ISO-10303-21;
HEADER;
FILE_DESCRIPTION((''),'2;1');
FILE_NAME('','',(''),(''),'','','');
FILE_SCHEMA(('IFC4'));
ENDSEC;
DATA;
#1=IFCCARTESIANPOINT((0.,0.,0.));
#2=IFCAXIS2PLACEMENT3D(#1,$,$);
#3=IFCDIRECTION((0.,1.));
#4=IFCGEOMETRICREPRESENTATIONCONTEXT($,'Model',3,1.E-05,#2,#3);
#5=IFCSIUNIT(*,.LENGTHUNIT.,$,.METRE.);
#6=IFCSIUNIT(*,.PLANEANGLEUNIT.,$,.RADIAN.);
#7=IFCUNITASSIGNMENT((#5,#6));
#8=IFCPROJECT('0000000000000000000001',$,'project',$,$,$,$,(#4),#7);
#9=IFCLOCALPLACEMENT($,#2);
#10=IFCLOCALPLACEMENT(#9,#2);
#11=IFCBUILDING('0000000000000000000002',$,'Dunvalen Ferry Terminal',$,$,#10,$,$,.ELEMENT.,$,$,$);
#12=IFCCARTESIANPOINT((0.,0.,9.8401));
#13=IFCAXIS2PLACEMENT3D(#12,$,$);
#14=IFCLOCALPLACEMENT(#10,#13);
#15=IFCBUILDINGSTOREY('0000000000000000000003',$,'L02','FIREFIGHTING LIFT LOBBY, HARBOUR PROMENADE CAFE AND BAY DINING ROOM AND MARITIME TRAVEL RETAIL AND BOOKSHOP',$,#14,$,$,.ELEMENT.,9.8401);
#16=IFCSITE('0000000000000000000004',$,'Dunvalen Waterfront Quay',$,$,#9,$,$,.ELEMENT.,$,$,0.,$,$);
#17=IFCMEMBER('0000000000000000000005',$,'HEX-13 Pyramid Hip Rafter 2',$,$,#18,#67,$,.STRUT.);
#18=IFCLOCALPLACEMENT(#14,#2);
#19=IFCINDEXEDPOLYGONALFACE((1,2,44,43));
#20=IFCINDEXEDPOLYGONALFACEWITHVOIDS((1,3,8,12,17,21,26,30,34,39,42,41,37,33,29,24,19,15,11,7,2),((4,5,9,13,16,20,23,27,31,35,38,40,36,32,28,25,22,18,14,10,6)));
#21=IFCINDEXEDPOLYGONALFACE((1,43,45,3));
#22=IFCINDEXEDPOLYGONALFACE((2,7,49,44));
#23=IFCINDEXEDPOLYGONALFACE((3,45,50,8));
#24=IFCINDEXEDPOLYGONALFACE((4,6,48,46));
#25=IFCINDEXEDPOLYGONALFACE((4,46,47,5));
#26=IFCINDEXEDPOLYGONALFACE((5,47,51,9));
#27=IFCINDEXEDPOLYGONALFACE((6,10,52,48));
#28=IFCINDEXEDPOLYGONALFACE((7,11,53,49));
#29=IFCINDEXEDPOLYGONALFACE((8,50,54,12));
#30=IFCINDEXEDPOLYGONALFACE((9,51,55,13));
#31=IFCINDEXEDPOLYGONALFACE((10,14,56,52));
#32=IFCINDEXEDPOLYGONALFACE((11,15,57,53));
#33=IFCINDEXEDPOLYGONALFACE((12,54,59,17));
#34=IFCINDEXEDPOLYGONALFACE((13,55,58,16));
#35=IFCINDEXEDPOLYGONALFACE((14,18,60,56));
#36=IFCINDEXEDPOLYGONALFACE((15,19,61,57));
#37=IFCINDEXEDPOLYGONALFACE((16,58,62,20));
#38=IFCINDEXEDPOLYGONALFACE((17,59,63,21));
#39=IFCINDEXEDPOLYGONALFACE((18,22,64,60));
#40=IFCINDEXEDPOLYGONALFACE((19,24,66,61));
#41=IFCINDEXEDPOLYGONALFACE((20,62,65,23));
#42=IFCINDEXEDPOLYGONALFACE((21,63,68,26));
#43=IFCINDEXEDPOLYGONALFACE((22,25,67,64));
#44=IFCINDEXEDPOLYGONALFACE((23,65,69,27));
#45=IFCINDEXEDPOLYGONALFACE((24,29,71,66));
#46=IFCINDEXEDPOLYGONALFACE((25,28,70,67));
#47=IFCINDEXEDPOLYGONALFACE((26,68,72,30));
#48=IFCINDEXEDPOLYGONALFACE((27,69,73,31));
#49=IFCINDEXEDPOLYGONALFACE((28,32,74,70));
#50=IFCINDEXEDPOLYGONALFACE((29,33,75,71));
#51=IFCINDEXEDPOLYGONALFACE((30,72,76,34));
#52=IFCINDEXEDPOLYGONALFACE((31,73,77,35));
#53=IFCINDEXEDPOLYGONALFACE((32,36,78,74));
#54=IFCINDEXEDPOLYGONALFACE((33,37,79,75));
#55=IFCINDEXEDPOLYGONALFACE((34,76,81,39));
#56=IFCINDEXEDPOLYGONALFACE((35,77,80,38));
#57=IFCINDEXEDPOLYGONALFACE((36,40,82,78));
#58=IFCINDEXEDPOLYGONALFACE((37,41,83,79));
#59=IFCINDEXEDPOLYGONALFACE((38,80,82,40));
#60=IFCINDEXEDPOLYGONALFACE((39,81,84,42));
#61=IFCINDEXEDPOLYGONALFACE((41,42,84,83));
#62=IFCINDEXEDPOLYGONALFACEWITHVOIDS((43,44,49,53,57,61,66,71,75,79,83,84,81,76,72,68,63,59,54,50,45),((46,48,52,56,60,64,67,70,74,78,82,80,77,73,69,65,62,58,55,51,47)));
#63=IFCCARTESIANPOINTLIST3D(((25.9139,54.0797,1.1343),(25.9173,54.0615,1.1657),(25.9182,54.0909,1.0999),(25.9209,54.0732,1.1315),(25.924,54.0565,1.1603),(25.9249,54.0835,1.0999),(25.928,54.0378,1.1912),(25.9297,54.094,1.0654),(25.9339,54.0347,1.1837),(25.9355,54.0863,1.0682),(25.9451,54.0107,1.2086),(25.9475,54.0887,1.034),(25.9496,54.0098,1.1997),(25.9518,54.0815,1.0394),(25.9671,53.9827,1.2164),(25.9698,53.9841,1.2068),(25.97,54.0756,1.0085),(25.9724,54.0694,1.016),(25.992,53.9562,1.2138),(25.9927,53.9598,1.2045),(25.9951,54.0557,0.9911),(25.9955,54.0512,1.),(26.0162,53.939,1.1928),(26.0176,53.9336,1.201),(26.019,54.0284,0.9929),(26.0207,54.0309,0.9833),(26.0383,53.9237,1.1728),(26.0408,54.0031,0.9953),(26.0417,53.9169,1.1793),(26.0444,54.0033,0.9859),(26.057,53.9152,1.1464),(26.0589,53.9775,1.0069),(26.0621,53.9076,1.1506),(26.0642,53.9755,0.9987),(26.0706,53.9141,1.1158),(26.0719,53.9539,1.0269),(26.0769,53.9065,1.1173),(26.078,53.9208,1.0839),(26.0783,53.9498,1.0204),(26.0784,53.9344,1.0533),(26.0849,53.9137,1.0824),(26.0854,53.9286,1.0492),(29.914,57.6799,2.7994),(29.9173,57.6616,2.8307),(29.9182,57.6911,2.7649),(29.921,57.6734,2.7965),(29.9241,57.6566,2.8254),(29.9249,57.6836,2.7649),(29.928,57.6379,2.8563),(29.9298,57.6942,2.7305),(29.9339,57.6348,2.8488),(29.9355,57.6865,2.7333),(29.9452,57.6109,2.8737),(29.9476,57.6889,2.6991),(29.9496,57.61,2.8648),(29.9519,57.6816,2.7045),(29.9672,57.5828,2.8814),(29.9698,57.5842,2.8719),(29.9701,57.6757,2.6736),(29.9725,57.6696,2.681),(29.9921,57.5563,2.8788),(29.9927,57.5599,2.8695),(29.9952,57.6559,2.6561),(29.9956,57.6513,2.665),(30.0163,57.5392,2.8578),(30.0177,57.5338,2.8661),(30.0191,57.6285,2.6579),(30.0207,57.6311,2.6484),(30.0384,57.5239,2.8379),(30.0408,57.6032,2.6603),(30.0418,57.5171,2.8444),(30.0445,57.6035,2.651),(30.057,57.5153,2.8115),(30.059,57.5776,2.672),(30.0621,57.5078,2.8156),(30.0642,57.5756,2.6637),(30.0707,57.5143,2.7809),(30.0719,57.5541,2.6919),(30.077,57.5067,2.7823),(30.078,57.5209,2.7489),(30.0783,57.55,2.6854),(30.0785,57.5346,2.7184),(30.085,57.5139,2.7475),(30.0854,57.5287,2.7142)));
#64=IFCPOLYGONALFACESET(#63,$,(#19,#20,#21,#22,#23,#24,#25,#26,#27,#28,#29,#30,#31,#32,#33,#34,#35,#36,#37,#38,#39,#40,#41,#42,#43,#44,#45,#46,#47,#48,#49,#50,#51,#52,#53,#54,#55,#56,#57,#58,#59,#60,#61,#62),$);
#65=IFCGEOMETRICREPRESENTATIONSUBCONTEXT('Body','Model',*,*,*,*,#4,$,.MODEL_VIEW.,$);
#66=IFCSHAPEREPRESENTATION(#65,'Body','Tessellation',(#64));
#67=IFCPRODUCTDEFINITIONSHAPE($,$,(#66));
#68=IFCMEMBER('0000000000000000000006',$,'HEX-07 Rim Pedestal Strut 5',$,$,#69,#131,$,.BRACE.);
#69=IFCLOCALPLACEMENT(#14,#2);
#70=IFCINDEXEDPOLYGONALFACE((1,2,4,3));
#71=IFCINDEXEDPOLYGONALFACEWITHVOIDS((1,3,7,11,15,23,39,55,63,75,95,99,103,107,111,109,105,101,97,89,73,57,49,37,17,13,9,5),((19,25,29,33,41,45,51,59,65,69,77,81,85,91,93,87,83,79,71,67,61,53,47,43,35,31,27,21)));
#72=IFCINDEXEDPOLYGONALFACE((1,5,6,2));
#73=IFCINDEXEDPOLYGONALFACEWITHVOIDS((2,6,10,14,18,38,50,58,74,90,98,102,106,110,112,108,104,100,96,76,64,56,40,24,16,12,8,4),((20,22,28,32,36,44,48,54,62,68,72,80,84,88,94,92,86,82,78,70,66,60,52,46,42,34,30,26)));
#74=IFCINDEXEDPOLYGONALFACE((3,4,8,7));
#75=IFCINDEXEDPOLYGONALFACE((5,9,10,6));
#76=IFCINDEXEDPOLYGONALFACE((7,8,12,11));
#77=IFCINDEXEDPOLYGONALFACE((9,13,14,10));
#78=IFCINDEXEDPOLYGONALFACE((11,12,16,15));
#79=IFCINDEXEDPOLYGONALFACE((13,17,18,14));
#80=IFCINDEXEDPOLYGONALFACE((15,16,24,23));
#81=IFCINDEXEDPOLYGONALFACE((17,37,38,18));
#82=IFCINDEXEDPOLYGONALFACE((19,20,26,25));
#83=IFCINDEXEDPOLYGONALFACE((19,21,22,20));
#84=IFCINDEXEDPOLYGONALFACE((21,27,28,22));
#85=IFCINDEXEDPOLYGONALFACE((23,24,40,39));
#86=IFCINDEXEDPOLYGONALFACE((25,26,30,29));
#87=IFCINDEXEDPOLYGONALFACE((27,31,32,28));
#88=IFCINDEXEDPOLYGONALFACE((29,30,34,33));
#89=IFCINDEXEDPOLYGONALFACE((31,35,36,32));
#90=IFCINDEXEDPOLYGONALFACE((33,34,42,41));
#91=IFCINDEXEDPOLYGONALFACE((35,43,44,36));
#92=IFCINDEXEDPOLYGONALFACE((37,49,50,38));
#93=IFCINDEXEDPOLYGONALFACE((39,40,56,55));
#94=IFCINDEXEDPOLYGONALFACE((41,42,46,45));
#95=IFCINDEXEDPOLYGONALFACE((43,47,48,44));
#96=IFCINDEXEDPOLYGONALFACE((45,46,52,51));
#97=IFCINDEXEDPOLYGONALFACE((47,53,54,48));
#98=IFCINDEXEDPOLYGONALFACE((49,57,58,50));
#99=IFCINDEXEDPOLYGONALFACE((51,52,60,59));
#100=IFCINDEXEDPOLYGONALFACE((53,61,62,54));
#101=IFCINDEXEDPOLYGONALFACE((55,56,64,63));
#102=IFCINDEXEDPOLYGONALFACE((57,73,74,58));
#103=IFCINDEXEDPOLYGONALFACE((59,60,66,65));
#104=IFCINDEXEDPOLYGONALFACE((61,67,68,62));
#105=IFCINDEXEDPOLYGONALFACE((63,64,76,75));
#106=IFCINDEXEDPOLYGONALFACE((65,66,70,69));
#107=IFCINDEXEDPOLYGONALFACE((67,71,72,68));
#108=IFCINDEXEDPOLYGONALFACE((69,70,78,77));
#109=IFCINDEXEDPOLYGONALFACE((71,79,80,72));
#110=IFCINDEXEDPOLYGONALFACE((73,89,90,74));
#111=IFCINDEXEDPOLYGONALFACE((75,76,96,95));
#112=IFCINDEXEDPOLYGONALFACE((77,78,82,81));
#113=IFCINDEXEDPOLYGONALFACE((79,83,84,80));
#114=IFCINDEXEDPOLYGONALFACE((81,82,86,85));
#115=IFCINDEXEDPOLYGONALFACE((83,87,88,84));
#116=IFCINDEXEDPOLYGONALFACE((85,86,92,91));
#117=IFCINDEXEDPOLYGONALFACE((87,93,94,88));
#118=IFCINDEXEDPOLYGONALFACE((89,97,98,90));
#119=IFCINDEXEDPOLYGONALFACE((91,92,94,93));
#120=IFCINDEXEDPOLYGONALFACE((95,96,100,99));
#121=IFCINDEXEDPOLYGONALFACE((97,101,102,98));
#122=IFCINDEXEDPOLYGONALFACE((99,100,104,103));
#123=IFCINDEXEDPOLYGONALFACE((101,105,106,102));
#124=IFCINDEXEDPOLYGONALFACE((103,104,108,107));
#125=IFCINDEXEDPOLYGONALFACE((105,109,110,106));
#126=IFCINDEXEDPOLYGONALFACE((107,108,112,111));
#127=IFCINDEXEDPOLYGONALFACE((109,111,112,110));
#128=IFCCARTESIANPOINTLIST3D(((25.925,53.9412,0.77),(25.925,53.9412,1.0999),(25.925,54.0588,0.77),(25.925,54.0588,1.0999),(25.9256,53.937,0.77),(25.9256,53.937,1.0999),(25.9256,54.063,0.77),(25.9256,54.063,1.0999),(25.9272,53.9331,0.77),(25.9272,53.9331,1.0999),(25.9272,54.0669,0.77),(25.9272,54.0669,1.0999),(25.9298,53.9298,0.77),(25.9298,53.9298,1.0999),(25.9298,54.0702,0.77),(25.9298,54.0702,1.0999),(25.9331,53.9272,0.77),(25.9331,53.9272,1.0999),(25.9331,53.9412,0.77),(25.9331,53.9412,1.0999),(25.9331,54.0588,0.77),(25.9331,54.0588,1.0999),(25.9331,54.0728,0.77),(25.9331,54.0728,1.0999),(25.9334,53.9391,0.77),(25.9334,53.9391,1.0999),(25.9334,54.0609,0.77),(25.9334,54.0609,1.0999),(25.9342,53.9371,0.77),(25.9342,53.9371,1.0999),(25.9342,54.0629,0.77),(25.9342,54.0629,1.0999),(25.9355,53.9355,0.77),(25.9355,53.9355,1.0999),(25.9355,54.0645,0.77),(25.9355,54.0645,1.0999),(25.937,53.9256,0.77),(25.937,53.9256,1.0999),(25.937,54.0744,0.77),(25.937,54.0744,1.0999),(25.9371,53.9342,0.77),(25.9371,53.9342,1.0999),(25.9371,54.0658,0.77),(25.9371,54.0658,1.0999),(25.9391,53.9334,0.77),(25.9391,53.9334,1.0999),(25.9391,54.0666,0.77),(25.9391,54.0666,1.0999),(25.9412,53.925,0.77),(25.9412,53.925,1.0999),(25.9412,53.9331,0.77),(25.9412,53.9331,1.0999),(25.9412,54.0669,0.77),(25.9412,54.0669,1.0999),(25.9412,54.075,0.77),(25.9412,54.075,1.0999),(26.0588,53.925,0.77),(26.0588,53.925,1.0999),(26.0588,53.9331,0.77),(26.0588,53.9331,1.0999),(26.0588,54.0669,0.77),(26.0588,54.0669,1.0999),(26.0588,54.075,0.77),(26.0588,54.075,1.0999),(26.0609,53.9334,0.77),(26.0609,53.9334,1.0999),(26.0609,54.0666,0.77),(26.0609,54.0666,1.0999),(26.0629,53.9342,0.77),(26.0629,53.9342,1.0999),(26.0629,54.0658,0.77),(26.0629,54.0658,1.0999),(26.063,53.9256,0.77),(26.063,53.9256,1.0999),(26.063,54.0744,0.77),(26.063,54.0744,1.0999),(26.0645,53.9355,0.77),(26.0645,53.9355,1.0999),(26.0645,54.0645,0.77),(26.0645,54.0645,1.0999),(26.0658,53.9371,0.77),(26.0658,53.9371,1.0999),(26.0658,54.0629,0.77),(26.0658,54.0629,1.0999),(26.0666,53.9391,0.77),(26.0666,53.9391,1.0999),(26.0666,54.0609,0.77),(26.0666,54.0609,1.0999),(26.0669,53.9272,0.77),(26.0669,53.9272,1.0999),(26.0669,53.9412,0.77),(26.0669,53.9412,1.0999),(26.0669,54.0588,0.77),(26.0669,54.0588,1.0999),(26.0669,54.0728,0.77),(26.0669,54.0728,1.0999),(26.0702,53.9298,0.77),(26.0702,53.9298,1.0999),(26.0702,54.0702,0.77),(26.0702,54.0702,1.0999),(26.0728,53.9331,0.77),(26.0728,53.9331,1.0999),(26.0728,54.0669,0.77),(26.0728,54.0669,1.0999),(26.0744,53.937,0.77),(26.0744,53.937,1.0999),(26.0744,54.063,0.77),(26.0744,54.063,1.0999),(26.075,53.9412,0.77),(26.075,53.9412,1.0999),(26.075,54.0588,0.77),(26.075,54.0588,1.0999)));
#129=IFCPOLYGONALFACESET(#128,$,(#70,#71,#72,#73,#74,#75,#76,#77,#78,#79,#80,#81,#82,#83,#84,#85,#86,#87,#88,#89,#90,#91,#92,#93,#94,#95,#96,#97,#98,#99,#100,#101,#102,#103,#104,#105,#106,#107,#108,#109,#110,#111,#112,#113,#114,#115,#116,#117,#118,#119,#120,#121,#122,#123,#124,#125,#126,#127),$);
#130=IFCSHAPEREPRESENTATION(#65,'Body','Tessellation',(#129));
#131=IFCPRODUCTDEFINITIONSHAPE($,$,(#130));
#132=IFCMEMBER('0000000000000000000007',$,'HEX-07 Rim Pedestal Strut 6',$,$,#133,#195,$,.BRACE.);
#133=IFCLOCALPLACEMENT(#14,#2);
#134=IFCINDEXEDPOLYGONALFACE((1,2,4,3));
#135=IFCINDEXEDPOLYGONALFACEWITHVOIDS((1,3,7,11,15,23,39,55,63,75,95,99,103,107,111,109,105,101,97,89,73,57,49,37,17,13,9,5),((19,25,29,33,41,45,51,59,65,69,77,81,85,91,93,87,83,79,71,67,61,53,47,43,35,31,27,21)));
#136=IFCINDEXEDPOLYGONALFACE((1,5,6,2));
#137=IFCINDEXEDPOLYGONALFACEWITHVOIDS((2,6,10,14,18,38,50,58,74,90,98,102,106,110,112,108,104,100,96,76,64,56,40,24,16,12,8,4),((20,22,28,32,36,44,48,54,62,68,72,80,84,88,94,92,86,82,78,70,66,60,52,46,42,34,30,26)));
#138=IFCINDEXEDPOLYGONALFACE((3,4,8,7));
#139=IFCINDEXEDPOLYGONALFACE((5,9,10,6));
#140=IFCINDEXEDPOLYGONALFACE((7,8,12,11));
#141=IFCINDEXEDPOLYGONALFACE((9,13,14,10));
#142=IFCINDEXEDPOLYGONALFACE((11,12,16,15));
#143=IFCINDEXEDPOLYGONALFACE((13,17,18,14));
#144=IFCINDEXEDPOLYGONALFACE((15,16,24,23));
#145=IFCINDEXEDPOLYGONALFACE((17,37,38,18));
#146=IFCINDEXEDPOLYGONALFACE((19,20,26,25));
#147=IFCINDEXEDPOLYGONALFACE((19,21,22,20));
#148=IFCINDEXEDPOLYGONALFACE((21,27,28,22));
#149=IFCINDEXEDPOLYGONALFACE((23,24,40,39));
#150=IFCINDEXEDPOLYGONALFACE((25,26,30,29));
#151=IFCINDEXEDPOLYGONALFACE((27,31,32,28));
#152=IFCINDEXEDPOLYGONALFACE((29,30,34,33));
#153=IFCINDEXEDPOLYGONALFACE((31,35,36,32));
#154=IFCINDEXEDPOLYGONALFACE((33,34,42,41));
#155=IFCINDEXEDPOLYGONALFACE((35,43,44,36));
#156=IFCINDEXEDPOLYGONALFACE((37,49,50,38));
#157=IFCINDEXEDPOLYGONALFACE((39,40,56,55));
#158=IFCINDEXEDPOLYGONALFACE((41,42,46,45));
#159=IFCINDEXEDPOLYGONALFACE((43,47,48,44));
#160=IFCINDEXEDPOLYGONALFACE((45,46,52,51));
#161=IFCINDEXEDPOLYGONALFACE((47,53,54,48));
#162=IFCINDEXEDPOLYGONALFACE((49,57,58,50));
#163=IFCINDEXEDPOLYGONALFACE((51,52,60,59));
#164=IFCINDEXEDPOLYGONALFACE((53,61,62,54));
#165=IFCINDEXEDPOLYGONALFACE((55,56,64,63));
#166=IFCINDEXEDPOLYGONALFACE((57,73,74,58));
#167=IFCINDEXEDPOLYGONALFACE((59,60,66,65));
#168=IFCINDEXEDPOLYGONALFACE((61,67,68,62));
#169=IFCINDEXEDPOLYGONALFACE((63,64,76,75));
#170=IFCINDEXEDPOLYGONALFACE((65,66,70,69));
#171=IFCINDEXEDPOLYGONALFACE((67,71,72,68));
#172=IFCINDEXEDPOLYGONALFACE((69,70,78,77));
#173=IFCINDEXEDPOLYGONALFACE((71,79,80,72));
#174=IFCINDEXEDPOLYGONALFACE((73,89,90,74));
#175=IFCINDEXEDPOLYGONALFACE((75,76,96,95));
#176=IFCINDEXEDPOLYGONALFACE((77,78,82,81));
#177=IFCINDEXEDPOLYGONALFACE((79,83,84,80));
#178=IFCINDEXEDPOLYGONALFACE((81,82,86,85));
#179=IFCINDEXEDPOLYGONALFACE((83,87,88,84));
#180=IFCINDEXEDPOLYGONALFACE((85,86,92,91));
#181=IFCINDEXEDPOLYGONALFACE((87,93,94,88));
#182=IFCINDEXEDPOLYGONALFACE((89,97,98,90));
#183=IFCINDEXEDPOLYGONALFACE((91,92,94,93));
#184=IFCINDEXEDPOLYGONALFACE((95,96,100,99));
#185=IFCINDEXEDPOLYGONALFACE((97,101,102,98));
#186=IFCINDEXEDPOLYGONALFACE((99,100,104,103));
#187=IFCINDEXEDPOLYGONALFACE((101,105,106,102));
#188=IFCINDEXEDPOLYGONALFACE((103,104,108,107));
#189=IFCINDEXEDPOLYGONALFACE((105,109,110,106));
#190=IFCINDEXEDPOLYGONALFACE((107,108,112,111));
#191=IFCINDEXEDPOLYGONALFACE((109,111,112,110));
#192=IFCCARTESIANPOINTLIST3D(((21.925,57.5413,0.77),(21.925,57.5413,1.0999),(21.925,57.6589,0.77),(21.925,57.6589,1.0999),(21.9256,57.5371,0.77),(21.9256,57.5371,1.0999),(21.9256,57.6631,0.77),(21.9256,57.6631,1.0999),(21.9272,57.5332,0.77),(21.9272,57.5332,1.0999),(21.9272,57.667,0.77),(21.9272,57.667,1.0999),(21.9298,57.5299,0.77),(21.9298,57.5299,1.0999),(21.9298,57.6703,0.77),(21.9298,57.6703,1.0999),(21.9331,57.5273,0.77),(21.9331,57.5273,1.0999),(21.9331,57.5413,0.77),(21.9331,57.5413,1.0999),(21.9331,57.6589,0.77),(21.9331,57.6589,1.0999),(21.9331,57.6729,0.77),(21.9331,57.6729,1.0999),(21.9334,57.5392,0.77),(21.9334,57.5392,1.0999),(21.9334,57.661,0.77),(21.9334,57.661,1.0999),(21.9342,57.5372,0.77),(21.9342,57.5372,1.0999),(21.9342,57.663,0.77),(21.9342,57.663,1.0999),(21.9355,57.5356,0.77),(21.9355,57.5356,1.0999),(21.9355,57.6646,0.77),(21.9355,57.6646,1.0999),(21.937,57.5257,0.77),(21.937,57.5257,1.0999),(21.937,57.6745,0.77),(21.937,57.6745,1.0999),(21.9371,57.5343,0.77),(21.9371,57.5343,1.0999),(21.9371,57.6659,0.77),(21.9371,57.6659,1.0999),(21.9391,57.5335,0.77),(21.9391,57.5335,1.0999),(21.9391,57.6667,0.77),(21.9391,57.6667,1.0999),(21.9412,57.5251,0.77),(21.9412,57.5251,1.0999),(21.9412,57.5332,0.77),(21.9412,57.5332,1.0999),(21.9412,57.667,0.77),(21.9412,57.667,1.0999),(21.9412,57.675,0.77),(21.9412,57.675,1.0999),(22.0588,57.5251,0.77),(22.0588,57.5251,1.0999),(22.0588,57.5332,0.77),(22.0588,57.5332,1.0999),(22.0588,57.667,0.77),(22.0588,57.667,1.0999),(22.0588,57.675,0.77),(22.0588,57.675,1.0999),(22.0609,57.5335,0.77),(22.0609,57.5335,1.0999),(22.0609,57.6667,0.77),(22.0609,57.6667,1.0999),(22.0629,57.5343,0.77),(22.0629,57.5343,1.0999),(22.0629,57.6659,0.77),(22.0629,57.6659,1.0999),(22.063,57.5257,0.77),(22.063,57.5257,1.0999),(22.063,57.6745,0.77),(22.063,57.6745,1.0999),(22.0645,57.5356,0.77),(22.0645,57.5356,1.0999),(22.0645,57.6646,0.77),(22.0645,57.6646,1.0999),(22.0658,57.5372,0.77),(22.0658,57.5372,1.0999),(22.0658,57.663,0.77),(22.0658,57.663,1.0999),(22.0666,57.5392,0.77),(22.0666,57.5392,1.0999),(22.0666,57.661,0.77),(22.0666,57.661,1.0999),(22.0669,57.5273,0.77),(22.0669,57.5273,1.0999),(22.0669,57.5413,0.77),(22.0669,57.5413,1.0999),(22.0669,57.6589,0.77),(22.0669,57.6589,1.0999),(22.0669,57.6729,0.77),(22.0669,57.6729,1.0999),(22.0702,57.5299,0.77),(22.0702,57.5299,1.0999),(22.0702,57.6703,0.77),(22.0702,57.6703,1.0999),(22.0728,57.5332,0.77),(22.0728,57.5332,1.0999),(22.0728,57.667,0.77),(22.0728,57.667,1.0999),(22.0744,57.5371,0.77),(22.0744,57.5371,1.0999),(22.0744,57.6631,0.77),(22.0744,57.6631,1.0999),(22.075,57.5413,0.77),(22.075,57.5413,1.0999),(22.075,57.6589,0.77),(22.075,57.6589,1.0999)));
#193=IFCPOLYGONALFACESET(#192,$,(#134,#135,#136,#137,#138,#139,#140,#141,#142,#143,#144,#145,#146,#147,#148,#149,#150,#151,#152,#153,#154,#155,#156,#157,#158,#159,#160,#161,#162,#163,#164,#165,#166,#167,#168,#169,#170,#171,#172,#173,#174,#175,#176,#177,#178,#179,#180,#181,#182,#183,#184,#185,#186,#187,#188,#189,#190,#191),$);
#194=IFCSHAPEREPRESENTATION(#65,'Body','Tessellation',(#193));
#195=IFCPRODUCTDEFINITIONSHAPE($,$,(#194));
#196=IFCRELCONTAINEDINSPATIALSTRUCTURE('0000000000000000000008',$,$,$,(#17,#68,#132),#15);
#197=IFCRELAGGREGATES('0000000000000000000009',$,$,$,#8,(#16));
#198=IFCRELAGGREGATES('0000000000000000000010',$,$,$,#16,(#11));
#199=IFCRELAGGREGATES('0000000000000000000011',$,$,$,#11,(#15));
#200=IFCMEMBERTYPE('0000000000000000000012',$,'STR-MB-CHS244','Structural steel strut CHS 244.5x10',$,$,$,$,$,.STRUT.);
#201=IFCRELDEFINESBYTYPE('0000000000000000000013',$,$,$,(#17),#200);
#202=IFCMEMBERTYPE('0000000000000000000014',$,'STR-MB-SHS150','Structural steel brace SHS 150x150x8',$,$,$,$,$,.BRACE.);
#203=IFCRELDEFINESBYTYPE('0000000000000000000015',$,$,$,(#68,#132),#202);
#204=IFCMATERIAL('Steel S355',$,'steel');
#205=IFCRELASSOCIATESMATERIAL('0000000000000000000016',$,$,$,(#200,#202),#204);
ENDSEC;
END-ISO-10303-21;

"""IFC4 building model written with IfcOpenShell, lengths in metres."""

from ifc_helpers import new_model, si_unit, direction, frame, origin, origin_2d, place, context, subcontext, project, spatial, hollow_rectangle, hollow_circle, extrude, material, material_profile, profile_set, type_object, element, save


model = new_model("IFC4")

# Units and contexts
model_context = context("Model", 3, precision=1e-05, world=origin(), true_north=direction((0.0, 1.0)))
body_context = subcontext(model_context, "Body", "Model", "MODEL_VIEW")
ifc_project = project(units=[si_unit("LENGTHUNIT", "METRE"), si_unit("PLANEANGLEUNIT", "RADIAN")], contexts=[model_context])

# Site, building, storey
site_placement = place(None, origin())
site = spatial("IfcSite", under=ifc_project, at=site_placement, Name="Dunvalen Waterfront Quay", CompositionType="ELEMENT", RefElevation=0.0)
building_placement = place(site_placement, origin())
building = spatial("IfcBuilding", under=site, at=building_placement, Name="Dunvalen Ferry Terminal", CompositionType="ELEMENT")
storey_placement = place(building_placement, frame((0.0, 0.0, 9.8401)))
storey = spatial("IfcBuildingStorey", under=building, at=storey_placement, Name="L02", Description="FIREFIGHTING LIFT LOBBY, HARBOUR PROMENADE CAFE AND BAY DINING ROOM AND MARITIME TRAVEL RETAIL AND BOOKSHOP", CompositionType="ELEMENT", Elevation=9.8401)

# Shared definitions
ifc_material_1 = material(Name="Steel S355", Category="steel")

# Members
ifc_material_profile_1 = material_profile(ifc_material_1, hollow_circle(Radius=0.1223, WallThickness=0.01, at=origin_2d()), Name="Steel S355")
ifc_profile_set_1 = profile_set([ifc_material_profile_1], Name="Steel S355")
member_type_1 = type_object("IfcMemberType", Name="STR-MB-CHS244", Description="Structural steel strut CHS 244.5x10", PredefinedType="STRUT", material=ifc_profile_set_1)
member_1_placement = place(storey_placement, frame((26.0, 54.0, 1.0999), z_axis=(0.710075, 0.639085, 0.295576), x_axis=(-0.668975, 0.743285, 0.0)))
element("IfcMember", 1, at=member_1_placement, inside=storey, type_object=member_type_1, Name="HEX-13 Pyramid Hip Rafter 2", PredefinedType="STRUT", context=body_context, shape_type="SweptSolid", body=[
    extrude(hollow_circle(Radius=0.1223, WallThickness=0.01, at=origin_2d()), origin(), (0.0, 0.0, 1.0), 5.6333),
])
ifc_material_profile_2 = material_profile(ifc_material_1, hollow_rectangle(XDim=0.1499, YDim=0.1499, WallThickness=0.0081, InnerFilletRadius=0.0081, OuterFilletRadius=0.0161, at=origin_2d()), Name="Steel S355")
ifc_profile_set_2 = profile_set([ifc_material_profile_2], Name="Steel S355")
member_type_2 = type_object("IfcMemberType", Name="STR-MB-SHS150", Description="Structural steel brace SHS 150x150x8", PredefinedType="BRACE", material=ifc_profile_set_2)
for number, where, z_axis, x_axis, name in (
    (2, (26.0, 54.0, 0.77), (0.0, 0.0, 1.0), (1.0, 0.0, 0.0), "HEX-07 Rim Pedestal Strut 5"),
    (3, (22.0, 57.6001, 0.77), (0.0, 0.0, 1.0), (1.0, 0.0, 0.0), "HEX-07 Rim Pedestal Strut 6"),
):
    element("IfcMember", number, at=place(storey_placement, frame(where, z_axis=z_axis, x_axis=x_axis)), inside=storey, type_object=member_type_2, Name=name, PredefinedType="BRACE", context=body_context, shape_type="SweptSolid", body=[
        extrude(hollow_rectangle(XDim=0.1499, YDim=0.1499, WallThickness=0.0081, InnerFilletRadius=0.0081, OuterFilletRadius=0.0161, at=origin_2d()), origin(), (0.0, 0.0, 1.0), 0.3298),
    ])

save(model, "model.ifc")
